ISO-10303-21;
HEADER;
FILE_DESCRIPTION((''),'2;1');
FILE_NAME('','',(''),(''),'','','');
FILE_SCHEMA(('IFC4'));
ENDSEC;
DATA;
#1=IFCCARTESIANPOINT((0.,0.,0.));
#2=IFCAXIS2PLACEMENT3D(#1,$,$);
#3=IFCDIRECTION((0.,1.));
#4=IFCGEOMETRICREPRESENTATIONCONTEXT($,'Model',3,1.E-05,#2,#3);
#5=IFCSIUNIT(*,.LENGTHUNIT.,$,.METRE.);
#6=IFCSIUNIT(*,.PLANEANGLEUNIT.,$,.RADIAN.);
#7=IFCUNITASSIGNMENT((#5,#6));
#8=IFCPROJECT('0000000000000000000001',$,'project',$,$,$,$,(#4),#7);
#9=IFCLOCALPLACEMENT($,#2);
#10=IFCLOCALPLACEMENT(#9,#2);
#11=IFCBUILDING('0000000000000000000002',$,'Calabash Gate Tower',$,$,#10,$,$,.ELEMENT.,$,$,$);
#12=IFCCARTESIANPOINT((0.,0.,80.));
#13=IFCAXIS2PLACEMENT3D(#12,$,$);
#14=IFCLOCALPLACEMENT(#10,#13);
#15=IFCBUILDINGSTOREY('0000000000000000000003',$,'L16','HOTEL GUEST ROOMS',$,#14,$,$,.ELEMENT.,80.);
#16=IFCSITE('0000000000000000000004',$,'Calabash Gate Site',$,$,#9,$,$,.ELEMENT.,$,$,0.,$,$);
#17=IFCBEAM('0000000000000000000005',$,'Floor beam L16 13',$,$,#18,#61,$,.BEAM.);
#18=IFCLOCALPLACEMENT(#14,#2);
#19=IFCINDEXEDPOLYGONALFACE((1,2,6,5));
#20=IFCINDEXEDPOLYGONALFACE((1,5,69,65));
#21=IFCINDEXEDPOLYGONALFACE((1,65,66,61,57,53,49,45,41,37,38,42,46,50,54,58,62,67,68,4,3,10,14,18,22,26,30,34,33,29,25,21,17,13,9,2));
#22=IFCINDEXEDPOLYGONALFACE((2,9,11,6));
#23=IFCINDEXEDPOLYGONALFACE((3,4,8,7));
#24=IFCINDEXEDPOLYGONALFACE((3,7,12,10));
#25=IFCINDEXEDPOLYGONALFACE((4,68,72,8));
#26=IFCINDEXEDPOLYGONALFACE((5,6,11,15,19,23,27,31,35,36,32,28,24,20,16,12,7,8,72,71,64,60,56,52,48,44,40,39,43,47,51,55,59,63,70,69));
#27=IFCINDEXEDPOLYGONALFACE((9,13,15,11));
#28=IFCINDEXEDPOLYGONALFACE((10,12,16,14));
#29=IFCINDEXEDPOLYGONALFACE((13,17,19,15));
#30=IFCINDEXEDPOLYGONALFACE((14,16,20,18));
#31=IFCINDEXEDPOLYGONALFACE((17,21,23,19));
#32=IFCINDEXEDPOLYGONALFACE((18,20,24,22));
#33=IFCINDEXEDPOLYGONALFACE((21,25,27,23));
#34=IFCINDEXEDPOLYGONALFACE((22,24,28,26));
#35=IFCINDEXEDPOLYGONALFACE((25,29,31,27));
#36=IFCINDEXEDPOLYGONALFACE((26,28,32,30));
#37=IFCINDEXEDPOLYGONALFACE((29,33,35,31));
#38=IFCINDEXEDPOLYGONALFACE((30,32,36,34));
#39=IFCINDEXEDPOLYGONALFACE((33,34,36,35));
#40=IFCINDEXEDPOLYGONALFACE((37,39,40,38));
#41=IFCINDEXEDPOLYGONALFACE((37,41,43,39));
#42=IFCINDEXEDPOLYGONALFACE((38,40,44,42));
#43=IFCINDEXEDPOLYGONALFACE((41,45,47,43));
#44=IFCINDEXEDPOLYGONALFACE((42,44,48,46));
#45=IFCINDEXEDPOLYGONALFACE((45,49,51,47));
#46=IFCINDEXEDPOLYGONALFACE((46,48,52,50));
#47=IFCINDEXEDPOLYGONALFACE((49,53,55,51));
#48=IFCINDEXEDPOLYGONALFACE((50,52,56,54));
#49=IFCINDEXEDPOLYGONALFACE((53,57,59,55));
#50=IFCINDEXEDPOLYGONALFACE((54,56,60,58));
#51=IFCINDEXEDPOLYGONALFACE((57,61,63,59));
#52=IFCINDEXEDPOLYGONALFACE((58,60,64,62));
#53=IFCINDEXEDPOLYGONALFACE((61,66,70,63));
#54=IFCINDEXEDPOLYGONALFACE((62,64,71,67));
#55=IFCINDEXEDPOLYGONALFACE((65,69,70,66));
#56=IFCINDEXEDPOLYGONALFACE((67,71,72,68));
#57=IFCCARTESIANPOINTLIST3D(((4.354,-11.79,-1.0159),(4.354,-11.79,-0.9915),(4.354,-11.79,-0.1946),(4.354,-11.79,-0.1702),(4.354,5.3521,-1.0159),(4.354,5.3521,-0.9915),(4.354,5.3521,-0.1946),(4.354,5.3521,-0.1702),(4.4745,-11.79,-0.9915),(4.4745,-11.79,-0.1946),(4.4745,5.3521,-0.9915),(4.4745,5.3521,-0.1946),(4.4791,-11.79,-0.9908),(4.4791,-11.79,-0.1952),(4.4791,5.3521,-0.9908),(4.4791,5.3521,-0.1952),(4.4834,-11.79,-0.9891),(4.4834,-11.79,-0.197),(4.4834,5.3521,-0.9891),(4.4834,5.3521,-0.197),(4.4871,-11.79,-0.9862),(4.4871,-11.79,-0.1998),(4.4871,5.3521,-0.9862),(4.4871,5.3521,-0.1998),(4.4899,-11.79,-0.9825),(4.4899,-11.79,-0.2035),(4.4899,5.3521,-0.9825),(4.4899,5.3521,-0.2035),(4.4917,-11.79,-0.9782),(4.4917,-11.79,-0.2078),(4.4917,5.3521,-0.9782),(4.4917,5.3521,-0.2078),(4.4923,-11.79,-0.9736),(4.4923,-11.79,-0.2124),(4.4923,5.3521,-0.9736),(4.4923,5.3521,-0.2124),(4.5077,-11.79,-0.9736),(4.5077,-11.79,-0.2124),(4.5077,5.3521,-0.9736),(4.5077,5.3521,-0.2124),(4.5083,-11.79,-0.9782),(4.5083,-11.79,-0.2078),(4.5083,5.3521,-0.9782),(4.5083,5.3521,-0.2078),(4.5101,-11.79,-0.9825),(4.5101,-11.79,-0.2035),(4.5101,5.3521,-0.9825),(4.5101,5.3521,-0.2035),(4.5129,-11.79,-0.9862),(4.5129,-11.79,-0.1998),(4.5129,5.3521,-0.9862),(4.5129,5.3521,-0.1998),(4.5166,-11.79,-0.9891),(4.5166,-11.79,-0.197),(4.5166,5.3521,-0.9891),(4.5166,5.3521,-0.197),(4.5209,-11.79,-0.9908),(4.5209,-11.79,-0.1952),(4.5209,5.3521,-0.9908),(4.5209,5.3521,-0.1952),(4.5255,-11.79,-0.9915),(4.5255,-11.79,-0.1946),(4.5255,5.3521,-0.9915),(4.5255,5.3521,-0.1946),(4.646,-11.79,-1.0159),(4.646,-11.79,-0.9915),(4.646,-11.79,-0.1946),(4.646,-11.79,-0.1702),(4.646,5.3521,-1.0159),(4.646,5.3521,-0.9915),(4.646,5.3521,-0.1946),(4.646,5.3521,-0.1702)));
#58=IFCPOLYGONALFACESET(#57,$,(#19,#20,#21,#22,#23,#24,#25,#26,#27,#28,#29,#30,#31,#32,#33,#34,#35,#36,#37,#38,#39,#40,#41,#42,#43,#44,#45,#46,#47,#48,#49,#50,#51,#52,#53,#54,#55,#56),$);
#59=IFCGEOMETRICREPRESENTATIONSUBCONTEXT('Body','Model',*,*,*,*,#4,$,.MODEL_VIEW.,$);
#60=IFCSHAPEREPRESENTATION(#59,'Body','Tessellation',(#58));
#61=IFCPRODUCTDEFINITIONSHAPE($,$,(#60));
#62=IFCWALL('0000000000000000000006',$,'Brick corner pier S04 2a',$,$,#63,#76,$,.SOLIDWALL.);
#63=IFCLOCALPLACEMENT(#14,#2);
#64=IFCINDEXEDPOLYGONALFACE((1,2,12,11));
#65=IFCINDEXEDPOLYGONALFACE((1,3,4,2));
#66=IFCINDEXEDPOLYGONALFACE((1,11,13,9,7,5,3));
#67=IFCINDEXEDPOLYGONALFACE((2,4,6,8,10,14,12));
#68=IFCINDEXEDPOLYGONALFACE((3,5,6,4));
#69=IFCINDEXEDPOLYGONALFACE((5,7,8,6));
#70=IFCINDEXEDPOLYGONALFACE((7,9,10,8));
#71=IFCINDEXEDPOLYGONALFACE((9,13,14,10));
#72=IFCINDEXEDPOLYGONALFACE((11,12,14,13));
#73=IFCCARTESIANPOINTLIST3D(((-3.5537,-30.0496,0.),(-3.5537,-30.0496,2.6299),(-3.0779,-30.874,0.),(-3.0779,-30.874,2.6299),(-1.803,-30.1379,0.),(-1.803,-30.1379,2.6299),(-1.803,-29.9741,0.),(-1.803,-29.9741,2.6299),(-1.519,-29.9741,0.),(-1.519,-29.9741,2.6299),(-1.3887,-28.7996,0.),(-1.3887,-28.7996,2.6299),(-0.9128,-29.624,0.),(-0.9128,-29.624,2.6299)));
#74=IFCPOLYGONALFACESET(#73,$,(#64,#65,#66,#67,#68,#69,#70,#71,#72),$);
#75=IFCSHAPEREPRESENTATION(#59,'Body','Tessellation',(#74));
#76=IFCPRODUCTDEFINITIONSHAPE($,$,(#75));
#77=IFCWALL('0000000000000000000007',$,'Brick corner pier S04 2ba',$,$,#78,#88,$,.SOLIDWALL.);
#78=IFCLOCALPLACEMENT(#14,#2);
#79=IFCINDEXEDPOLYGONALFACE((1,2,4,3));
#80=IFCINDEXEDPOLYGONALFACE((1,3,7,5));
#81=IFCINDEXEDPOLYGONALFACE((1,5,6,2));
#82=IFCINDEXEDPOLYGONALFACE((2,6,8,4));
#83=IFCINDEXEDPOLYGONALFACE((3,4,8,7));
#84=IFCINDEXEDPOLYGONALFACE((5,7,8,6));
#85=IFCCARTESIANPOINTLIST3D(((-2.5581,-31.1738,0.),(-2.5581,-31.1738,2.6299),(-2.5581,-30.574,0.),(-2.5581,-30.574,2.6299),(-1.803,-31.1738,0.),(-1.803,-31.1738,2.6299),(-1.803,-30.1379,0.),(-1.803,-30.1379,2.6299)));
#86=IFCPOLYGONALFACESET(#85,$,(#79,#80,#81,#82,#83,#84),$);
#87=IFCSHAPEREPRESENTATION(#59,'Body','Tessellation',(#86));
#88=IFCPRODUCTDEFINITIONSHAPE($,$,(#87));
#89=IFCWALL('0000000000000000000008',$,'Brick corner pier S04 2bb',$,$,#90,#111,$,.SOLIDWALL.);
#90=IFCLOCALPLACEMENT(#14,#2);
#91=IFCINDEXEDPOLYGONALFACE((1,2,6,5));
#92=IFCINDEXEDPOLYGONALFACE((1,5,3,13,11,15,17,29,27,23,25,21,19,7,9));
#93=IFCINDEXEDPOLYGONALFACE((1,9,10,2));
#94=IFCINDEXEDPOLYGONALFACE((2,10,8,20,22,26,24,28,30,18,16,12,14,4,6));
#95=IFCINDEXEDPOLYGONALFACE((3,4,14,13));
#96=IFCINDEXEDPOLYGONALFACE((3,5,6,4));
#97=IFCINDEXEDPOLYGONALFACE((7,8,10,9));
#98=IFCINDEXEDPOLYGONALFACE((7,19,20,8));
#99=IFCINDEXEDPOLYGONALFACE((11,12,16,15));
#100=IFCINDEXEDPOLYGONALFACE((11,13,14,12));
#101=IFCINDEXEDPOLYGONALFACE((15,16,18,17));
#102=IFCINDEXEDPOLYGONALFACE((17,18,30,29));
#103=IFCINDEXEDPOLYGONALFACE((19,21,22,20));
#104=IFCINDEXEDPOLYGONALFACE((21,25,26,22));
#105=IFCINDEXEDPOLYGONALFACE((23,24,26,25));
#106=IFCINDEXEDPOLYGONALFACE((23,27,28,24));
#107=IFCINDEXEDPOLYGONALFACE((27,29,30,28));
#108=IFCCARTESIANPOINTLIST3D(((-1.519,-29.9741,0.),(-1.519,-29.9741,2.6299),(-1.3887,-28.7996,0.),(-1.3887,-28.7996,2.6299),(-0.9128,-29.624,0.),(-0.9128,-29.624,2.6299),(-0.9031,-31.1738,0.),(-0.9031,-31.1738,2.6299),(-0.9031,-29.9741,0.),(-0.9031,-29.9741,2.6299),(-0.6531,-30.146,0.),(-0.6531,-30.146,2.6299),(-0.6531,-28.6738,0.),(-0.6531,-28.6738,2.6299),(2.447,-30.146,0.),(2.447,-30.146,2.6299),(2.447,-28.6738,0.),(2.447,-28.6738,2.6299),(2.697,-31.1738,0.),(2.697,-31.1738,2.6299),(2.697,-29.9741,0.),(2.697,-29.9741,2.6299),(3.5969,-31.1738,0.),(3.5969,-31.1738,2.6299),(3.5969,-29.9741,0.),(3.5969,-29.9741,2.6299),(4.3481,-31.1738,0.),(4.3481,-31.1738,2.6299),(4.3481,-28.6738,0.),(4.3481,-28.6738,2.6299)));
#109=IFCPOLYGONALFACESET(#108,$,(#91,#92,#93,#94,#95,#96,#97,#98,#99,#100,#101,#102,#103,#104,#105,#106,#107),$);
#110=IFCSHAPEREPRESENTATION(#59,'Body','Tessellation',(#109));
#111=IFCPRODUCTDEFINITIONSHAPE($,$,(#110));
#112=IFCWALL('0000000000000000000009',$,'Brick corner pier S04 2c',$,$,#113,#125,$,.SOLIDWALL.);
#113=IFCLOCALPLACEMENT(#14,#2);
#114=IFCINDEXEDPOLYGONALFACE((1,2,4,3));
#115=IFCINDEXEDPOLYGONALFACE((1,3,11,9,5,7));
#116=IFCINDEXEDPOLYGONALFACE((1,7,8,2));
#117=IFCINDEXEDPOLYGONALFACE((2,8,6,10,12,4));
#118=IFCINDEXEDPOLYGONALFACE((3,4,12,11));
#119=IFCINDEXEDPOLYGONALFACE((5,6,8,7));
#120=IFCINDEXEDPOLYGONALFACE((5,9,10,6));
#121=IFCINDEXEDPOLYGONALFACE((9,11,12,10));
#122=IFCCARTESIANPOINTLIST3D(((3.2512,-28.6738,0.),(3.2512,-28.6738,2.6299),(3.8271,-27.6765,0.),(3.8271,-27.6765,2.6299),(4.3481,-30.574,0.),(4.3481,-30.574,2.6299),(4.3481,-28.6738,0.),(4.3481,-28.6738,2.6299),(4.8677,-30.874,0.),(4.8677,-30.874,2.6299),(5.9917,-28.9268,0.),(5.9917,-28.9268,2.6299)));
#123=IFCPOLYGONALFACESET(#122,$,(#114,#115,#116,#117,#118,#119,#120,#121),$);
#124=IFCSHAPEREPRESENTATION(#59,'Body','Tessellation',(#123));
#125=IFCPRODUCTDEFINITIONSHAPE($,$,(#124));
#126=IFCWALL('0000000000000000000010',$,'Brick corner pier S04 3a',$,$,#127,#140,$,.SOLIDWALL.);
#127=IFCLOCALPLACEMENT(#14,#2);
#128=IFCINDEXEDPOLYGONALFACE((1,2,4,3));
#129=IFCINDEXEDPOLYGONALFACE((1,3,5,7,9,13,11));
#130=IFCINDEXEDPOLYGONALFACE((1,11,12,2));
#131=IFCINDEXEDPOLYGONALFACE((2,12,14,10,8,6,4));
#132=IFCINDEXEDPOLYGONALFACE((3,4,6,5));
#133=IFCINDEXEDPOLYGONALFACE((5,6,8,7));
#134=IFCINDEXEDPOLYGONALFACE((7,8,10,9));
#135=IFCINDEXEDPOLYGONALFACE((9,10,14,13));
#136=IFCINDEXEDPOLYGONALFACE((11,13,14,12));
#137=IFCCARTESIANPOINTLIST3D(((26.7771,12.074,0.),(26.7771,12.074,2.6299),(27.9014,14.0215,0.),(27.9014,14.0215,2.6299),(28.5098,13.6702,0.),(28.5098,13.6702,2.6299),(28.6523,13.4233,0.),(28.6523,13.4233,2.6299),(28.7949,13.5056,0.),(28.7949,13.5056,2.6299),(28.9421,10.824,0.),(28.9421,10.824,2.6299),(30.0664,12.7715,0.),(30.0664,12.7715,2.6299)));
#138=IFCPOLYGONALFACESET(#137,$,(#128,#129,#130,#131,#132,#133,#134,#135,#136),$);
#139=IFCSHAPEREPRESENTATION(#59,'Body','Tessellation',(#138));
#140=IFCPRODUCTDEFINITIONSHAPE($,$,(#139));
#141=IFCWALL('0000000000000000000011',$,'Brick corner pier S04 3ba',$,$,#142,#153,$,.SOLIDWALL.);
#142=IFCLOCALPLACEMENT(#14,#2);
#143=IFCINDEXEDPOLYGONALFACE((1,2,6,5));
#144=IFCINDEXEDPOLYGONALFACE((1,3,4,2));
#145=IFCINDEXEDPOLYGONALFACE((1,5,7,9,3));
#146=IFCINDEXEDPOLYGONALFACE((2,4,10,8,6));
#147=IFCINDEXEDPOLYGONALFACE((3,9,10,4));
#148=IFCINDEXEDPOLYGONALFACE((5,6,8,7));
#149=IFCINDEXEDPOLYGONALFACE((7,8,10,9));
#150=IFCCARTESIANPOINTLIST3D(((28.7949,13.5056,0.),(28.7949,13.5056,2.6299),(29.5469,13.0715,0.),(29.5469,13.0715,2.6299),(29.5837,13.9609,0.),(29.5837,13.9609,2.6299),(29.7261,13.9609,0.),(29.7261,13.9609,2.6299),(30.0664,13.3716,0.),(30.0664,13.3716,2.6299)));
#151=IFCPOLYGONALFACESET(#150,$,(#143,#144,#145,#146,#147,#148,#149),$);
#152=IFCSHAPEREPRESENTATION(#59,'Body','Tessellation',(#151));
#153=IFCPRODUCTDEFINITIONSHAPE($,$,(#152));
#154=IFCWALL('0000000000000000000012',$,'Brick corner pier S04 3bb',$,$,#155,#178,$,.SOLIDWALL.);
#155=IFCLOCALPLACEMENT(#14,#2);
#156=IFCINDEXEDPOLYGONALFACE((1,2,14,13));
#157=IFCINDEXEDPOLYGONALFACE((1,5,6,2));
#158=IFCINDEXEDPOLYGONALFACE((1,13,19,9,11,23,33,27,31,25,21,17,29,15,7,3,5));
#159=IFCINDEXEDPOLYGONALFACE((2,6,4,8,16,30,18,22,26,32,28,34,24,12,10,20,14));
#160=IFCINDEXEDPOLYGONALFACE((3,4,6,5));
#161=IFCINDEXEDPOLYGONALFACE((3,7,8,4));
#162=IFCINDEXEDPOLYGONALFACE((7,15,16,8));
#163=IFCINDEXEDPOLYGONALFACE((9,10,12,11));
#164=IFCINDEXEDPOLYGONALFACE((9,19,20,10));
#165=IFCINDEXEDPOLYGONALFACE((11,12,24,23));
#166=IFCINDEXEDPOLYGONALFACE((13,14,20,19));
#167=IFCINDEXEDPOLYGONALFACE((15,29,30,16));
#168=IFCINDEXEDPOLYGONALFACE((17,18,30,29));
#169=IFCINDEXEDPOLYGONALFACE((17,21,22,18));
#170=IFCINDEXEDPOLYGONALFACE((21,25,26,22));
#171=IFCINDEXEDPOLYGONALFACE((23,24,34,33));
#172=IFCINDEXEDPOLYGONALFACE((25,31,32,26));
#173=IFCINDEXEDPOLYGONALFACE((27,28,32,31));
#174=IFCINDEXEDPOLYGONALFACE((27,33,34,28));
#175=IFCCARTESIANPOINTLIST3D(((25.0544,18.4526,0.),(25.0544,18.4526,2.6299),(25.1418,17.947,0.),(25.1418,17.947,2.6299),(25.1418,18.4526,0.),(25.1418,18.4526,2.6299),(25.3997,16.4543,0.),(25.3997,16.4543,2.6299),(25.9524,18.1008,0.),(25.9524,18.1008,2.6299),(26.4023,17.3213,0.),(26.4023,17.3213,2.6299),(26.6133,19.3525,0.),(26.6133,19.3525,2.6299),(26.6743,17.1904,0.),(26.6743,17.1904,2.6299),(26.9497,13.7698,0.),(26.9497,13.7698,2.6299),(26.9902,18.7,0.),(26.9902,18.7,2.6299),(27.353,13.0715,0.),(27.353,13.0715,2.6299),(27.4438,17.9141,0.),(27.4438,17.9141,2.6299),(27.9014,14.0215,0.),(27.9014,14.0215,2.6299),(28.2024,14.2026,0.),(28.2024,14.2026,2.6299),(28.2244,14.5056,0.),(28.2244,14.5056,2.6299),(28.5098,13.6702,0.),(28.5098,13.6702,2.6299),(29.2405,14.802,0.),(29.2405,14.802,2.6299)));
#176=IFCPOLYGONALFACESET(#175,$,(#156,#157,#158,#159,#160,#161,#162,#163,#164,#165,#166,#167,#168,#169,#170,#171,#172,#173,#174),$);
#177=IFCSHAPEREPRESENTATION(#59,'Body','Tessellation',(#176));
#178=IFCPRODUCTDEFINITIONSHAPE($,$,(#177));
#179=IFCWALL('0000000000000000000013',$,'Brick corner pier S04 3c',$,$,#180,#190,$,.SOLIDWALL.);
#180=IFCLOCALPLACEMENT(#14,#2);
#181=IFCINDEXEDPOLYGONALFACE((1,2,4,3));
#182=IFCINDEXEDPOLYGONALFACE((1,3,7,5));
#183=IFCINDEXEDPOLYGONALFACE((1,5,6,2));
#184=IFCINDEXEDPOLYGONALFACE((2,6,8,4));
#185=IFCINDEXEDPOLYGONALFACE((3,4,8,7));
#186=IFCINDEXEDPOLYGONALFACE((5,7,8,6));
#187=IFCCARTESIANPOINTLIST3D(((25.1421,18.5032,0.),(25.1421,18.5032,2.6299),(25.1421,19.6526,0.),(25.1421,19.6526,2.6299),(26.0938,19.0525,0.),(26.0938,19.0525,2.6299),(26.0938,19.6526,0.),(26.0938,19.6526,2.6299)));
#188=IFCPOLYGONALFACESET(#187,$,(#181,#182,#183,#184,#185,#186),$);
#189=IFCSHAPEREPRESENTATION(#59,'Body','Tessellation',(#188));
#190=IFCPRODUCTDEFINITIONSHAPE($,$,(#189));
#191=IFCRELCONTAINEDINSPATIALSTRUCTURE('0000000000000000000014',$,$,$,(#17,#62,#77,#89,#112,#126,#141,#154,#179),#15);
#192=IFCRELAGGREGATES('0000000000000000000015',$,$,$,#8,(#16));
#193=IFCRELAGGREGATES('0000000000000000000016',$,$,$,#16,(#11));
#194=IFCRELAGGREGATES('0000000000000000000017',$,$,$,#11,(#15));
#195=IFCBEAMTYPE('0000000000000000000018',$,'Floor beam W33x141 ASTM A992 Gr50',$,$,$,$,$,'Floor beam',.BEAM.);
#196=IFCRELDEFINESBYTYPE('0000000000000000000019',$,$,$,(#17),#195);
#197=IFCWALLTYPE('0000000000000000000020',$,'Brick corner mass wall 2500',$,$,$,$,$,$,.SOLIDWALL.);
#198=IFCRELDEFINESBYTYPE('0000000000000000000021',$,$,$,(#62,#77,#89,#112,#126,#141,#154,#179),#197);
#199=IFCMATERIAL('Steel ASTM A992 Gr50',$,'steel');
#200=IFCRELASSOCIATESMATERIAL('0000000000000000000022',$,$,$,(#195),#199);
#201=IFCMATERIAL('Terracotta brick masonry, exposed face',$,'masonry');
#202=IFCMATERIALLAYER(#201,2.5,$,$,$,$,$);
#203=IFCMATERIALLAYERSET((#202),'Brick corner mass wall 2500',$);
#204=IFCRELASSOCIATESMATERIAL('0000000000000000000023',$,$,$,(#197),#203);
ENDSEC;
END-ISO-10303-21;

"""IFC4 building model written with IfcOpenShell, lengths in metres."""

from ifc_helpers import new_model, si_unit, direction, frame, origin, origin_2d, place, context, subcontext, project, spatial, polyline, i_section, outline, extrude, material, layer, layer_set, material_profile, profile_set, type_object, element, save


model = new_model("IFC4")

# Units and contexts
model_context = context("Model", 3, precision=1e-05, world=origin(), true_north=direction((0.0, 1.0)))
body_context = subcontext(model_context, "Body", "Model", "MODEL_VIEW")
ifc_project = project(units=[si_unit("LENGTHUNIT", "METRE"), si_unit("PLANEANGLEUNIT", "RADIAN")], contexts=[model_context])

# Site, building, storey
site_placement = place(None, origin())
site = spatial("IfcSite", under=ifc_project, at=site_placement, Name="Calabash Gate Site", CompositionType="ELEMENT", RefElevation=0.0)
building_placement = place(site_placement, origin())
building = spatial("IfcBuilding", under=site, at=building_placement, Name="Calabash Gate Tower", CompositionType="ELEMENT")
storey_placement = place(building_placement, frame((0.0, 0.0, 80.0)))
storey = spatial("IfcBuildingStorey", under=building, at=storey_placement, Name="L16", Description="HOTEL GUEST ROOMS", CompositionType="ELEMENT", Elevation=80.0)

# Beam
ifc_material_1 = material(Name="Steel ASTM A992 Gr50", Category="steel")
ifc_material_profile = material_profile(ifc_material_1, i_section(OverallWidth=0.292, OverallDepth=0.8457, WebThickness=0.0154, FlangeThickness=0.0244, FilletRadius=0.0178, at=origin_2d()))
ifc_profile_set = profile_set([ifc_material_profile], Name="Steel ASTM A992 Gr50")
beam_type = type_object("IfcBeamType", Name="Floor beam W33x141 ASTM A992 Gr50", ElementType="Floor beam", PredefinedType="BEAM", material=ifc_profile_set)
beam_placement = place(storey_placement, frame((4.5, -11.79, -0.593), z_axis=(0.0, 1.0, 0.0), x_axis=(-1.0, 0.0, 0.0)))
element("IfcBeam", 1, at=beam_placement, inside=storey, type_object=beam_type, Name="Floor beam L16 13", PredefinedType="BEAM", context=body_context, shape_type="SweptSolid", body=[
    extrude(i_section(OverallWidth=0.292, OverallDepth=0.8457, WebThickness=0.0154, FlangeThickness=0.0244, FilletRadius=0.0178, at=origin_2d()), origin(), (0.0, 0.0, 1.0), 17.1421),
])

# Walls
ifc_material_2 = material(Name="Terracotta brick masonry, exposed face", Category="masonry")
ifc_layer_1 = layer(ifc_material_2, 2.5)
ifc_layer_set_1 = layer_set([ifc_layer_1], Name="Brick corner mass wall 2500")
wall_type_1 = type_object("IfcWallType", Name="Brick corner mass wall 2500", PredefinedType="SOLIDWALL", material=ifc_layer_set_1)
wall_1_placement = place(storey_placement, origin())
element("IfcWall", 2, at=wall_1_placement, inside=storey, type_object=wall_type_1, Name="Brick corner pier S04 2a", PredefinedType="SOLIDWALL", context=body_context, shape_type="SweptSolid", body=[
    extrude(outline(polyline([(-0.9128, -29.624), (-1.3887, -28.7996), (-3.5537, -30.0496), (-3.0779, -30.874), (-1.803, -30.1379), (-1.803, -29.9741), (-1.519, -29.9741), (-0.9128, -29.624)])), origin(), (0.0, 0.0, 1.0), 2.6299),
])
wall_2_placement = place(storey_placement, origin())
element("IfcWall", 3, at=wall_2_placement, inside=storey, type_object=wall_type_1, Name="Brick corner pier S04 2ba", PredefinedType="SOLIDWALL", context=body_context, shape_type="SweptSolid", body=[
    extrude(outline(polyline([(-2.5581, -30.574), (-2.5581, -31.1738), (-1.803, -31.1738), (-1.803, -30.1379), (-2.5581, -30.574)])), origin(), (0.0, 0.0, 1.0), 2.6299),
])
wall_3_placement = place(storey_placement, origin())
element("IfcWall", 4, at=wall_3_placement, inside=storey, type_object=wall_type_1, Name="Brick corner pier S04 2bb", PredefinedType="SOLIDWALL", context=body_context, shape_type="SweptSolid", body=[
    extrude(outline(polyline([(-0.6531, -30.146), (-0.6531, -28.6738), (-1.3887, -28.7996), (-0.9128, -29.624), (-1.519, -29.9741), (-0.9031, -29.9741), (-0.9031, -31.1738), (2.697, -31.1738), (2.697, -29.9741), (3.5969, -29.9741), (3.5969, -31.1738), (4.3481, -31.1738), (4.3481, -28.6738), (2.447, -28.6738), (2.447, -30.146), (-0.6531, -30.146)])), origin(), (0.0, 0.0, 1.0), 2.6299),
])
wall_4_placement = place(storey_placement, origin())
element("IfcWall", 5, at=wall_4_placement, inside=storey, type_object=wall_type_1, Name="Brick corner pier S04 2c", PredefinedType="SOLIDWALL", context=body_context, shape_type="SweptSolid", body=[
    extrude(outline(polyline([(5.9917, -28.9268), (3.8271, -27.6765), (3.2512, -28.6738), (4.3481, -28.6738), (4.3481, -30.574), (4.8677, -30.874), (5.9917, -28.9268)])), origin(), (0.0, 0.0, 1.0), 2.6299),
])
wall_5_placement = place(storey_placement, origin())
element("IfcWall", 6, at=wall_5_placement, inside=storey, type_object=wall_type_1, Name="Brick corner pier S04 3a", PredefinedType="SOLIDWALL", context=body_context, shape_type="SweptSolid", body=[
    extrude(outline(polyline([(30.0664, 12.7715), (28.7949, 13.5056), (28.6523, 13.4233), (28.5098, 13.6702), (27.9014, 14.0215), (26.7771, 12.074), (28.9421, 10.824), (30.0664, 12.7715)])), origin(), (0.0, 0.0, 1.0), 2.6299),
])
wall_6_placement = place(storey_placement, origin())
element("IfcWall", 7, at=wall_6_placement, inside=storey, type_object=wall_type_1, Name="Brick corner pier S04 3ba", PredefinedType="SOLIDWALL", context=body_context, shape_type="SweptSolid", body=[
    extrude(outline(polyline([(29.7261, 13.9609), (29.5837, 13.9609), (28.7771, 13.4954), (28.7949, 13.5056), (29.5469, 13.0715), (30.0664, 13.3716), (29.7261, 13.9609)])), origin(), (0.0, 0.0, 1.0), 2.6299),
])
wall_7_placement = place(storey_placement, origin())
element("IfcWall", 8, at=wall_7_placement, inside=storey, type_object=wall_type_1, Name="Brick corner pier S04 3bb", PredefinedType="SOLIDWALL", context=body_context, shape_type="SweptSolid", body=[
    extrude(outline(polyline([(26.6743, 17.1904), (28.2244, 14.5056), (26.9497, 13.7698), (27.353, 13.0715), (27.9014, 14.0215), (28.5098, 13.6702), (28.2024, 14.2026), (29.2405, 14.802), (27.4438, 17.9141), (26.4023, 17.3213), (25.9524, 18.1008), (26.9902, 18.7), (26.6133, 19.3525), (25.0544, 18.4526), (25.1418, 18.4526), (25.1418, 17.947), (25.3997, 16.4543), (26.6743, 17.1904)])), origin(), (0.0, 0.0, 1.0), 2.6299),
])
wall_8_placement = place(storey_placement, origin())
element("IfcWall", 9, at=wall_8_placement, inside=storey, type_object=wall_type_1, Name="Brick corner pier S04 3c", PredefinedType="SOLIDWALL", context=body_context, shape_type="SweptSolid", body=[
    extrude(outline(polyline([(26.0938, 19.6526), (25.1421, 19.6526), (25.1421, 18.5032), (26.0938, 19.0525), (26.0938, 19.6526)])), origin(), (0.0, 0.0, 1.0), 2.6299),
])

save(model, "model.ifc")
